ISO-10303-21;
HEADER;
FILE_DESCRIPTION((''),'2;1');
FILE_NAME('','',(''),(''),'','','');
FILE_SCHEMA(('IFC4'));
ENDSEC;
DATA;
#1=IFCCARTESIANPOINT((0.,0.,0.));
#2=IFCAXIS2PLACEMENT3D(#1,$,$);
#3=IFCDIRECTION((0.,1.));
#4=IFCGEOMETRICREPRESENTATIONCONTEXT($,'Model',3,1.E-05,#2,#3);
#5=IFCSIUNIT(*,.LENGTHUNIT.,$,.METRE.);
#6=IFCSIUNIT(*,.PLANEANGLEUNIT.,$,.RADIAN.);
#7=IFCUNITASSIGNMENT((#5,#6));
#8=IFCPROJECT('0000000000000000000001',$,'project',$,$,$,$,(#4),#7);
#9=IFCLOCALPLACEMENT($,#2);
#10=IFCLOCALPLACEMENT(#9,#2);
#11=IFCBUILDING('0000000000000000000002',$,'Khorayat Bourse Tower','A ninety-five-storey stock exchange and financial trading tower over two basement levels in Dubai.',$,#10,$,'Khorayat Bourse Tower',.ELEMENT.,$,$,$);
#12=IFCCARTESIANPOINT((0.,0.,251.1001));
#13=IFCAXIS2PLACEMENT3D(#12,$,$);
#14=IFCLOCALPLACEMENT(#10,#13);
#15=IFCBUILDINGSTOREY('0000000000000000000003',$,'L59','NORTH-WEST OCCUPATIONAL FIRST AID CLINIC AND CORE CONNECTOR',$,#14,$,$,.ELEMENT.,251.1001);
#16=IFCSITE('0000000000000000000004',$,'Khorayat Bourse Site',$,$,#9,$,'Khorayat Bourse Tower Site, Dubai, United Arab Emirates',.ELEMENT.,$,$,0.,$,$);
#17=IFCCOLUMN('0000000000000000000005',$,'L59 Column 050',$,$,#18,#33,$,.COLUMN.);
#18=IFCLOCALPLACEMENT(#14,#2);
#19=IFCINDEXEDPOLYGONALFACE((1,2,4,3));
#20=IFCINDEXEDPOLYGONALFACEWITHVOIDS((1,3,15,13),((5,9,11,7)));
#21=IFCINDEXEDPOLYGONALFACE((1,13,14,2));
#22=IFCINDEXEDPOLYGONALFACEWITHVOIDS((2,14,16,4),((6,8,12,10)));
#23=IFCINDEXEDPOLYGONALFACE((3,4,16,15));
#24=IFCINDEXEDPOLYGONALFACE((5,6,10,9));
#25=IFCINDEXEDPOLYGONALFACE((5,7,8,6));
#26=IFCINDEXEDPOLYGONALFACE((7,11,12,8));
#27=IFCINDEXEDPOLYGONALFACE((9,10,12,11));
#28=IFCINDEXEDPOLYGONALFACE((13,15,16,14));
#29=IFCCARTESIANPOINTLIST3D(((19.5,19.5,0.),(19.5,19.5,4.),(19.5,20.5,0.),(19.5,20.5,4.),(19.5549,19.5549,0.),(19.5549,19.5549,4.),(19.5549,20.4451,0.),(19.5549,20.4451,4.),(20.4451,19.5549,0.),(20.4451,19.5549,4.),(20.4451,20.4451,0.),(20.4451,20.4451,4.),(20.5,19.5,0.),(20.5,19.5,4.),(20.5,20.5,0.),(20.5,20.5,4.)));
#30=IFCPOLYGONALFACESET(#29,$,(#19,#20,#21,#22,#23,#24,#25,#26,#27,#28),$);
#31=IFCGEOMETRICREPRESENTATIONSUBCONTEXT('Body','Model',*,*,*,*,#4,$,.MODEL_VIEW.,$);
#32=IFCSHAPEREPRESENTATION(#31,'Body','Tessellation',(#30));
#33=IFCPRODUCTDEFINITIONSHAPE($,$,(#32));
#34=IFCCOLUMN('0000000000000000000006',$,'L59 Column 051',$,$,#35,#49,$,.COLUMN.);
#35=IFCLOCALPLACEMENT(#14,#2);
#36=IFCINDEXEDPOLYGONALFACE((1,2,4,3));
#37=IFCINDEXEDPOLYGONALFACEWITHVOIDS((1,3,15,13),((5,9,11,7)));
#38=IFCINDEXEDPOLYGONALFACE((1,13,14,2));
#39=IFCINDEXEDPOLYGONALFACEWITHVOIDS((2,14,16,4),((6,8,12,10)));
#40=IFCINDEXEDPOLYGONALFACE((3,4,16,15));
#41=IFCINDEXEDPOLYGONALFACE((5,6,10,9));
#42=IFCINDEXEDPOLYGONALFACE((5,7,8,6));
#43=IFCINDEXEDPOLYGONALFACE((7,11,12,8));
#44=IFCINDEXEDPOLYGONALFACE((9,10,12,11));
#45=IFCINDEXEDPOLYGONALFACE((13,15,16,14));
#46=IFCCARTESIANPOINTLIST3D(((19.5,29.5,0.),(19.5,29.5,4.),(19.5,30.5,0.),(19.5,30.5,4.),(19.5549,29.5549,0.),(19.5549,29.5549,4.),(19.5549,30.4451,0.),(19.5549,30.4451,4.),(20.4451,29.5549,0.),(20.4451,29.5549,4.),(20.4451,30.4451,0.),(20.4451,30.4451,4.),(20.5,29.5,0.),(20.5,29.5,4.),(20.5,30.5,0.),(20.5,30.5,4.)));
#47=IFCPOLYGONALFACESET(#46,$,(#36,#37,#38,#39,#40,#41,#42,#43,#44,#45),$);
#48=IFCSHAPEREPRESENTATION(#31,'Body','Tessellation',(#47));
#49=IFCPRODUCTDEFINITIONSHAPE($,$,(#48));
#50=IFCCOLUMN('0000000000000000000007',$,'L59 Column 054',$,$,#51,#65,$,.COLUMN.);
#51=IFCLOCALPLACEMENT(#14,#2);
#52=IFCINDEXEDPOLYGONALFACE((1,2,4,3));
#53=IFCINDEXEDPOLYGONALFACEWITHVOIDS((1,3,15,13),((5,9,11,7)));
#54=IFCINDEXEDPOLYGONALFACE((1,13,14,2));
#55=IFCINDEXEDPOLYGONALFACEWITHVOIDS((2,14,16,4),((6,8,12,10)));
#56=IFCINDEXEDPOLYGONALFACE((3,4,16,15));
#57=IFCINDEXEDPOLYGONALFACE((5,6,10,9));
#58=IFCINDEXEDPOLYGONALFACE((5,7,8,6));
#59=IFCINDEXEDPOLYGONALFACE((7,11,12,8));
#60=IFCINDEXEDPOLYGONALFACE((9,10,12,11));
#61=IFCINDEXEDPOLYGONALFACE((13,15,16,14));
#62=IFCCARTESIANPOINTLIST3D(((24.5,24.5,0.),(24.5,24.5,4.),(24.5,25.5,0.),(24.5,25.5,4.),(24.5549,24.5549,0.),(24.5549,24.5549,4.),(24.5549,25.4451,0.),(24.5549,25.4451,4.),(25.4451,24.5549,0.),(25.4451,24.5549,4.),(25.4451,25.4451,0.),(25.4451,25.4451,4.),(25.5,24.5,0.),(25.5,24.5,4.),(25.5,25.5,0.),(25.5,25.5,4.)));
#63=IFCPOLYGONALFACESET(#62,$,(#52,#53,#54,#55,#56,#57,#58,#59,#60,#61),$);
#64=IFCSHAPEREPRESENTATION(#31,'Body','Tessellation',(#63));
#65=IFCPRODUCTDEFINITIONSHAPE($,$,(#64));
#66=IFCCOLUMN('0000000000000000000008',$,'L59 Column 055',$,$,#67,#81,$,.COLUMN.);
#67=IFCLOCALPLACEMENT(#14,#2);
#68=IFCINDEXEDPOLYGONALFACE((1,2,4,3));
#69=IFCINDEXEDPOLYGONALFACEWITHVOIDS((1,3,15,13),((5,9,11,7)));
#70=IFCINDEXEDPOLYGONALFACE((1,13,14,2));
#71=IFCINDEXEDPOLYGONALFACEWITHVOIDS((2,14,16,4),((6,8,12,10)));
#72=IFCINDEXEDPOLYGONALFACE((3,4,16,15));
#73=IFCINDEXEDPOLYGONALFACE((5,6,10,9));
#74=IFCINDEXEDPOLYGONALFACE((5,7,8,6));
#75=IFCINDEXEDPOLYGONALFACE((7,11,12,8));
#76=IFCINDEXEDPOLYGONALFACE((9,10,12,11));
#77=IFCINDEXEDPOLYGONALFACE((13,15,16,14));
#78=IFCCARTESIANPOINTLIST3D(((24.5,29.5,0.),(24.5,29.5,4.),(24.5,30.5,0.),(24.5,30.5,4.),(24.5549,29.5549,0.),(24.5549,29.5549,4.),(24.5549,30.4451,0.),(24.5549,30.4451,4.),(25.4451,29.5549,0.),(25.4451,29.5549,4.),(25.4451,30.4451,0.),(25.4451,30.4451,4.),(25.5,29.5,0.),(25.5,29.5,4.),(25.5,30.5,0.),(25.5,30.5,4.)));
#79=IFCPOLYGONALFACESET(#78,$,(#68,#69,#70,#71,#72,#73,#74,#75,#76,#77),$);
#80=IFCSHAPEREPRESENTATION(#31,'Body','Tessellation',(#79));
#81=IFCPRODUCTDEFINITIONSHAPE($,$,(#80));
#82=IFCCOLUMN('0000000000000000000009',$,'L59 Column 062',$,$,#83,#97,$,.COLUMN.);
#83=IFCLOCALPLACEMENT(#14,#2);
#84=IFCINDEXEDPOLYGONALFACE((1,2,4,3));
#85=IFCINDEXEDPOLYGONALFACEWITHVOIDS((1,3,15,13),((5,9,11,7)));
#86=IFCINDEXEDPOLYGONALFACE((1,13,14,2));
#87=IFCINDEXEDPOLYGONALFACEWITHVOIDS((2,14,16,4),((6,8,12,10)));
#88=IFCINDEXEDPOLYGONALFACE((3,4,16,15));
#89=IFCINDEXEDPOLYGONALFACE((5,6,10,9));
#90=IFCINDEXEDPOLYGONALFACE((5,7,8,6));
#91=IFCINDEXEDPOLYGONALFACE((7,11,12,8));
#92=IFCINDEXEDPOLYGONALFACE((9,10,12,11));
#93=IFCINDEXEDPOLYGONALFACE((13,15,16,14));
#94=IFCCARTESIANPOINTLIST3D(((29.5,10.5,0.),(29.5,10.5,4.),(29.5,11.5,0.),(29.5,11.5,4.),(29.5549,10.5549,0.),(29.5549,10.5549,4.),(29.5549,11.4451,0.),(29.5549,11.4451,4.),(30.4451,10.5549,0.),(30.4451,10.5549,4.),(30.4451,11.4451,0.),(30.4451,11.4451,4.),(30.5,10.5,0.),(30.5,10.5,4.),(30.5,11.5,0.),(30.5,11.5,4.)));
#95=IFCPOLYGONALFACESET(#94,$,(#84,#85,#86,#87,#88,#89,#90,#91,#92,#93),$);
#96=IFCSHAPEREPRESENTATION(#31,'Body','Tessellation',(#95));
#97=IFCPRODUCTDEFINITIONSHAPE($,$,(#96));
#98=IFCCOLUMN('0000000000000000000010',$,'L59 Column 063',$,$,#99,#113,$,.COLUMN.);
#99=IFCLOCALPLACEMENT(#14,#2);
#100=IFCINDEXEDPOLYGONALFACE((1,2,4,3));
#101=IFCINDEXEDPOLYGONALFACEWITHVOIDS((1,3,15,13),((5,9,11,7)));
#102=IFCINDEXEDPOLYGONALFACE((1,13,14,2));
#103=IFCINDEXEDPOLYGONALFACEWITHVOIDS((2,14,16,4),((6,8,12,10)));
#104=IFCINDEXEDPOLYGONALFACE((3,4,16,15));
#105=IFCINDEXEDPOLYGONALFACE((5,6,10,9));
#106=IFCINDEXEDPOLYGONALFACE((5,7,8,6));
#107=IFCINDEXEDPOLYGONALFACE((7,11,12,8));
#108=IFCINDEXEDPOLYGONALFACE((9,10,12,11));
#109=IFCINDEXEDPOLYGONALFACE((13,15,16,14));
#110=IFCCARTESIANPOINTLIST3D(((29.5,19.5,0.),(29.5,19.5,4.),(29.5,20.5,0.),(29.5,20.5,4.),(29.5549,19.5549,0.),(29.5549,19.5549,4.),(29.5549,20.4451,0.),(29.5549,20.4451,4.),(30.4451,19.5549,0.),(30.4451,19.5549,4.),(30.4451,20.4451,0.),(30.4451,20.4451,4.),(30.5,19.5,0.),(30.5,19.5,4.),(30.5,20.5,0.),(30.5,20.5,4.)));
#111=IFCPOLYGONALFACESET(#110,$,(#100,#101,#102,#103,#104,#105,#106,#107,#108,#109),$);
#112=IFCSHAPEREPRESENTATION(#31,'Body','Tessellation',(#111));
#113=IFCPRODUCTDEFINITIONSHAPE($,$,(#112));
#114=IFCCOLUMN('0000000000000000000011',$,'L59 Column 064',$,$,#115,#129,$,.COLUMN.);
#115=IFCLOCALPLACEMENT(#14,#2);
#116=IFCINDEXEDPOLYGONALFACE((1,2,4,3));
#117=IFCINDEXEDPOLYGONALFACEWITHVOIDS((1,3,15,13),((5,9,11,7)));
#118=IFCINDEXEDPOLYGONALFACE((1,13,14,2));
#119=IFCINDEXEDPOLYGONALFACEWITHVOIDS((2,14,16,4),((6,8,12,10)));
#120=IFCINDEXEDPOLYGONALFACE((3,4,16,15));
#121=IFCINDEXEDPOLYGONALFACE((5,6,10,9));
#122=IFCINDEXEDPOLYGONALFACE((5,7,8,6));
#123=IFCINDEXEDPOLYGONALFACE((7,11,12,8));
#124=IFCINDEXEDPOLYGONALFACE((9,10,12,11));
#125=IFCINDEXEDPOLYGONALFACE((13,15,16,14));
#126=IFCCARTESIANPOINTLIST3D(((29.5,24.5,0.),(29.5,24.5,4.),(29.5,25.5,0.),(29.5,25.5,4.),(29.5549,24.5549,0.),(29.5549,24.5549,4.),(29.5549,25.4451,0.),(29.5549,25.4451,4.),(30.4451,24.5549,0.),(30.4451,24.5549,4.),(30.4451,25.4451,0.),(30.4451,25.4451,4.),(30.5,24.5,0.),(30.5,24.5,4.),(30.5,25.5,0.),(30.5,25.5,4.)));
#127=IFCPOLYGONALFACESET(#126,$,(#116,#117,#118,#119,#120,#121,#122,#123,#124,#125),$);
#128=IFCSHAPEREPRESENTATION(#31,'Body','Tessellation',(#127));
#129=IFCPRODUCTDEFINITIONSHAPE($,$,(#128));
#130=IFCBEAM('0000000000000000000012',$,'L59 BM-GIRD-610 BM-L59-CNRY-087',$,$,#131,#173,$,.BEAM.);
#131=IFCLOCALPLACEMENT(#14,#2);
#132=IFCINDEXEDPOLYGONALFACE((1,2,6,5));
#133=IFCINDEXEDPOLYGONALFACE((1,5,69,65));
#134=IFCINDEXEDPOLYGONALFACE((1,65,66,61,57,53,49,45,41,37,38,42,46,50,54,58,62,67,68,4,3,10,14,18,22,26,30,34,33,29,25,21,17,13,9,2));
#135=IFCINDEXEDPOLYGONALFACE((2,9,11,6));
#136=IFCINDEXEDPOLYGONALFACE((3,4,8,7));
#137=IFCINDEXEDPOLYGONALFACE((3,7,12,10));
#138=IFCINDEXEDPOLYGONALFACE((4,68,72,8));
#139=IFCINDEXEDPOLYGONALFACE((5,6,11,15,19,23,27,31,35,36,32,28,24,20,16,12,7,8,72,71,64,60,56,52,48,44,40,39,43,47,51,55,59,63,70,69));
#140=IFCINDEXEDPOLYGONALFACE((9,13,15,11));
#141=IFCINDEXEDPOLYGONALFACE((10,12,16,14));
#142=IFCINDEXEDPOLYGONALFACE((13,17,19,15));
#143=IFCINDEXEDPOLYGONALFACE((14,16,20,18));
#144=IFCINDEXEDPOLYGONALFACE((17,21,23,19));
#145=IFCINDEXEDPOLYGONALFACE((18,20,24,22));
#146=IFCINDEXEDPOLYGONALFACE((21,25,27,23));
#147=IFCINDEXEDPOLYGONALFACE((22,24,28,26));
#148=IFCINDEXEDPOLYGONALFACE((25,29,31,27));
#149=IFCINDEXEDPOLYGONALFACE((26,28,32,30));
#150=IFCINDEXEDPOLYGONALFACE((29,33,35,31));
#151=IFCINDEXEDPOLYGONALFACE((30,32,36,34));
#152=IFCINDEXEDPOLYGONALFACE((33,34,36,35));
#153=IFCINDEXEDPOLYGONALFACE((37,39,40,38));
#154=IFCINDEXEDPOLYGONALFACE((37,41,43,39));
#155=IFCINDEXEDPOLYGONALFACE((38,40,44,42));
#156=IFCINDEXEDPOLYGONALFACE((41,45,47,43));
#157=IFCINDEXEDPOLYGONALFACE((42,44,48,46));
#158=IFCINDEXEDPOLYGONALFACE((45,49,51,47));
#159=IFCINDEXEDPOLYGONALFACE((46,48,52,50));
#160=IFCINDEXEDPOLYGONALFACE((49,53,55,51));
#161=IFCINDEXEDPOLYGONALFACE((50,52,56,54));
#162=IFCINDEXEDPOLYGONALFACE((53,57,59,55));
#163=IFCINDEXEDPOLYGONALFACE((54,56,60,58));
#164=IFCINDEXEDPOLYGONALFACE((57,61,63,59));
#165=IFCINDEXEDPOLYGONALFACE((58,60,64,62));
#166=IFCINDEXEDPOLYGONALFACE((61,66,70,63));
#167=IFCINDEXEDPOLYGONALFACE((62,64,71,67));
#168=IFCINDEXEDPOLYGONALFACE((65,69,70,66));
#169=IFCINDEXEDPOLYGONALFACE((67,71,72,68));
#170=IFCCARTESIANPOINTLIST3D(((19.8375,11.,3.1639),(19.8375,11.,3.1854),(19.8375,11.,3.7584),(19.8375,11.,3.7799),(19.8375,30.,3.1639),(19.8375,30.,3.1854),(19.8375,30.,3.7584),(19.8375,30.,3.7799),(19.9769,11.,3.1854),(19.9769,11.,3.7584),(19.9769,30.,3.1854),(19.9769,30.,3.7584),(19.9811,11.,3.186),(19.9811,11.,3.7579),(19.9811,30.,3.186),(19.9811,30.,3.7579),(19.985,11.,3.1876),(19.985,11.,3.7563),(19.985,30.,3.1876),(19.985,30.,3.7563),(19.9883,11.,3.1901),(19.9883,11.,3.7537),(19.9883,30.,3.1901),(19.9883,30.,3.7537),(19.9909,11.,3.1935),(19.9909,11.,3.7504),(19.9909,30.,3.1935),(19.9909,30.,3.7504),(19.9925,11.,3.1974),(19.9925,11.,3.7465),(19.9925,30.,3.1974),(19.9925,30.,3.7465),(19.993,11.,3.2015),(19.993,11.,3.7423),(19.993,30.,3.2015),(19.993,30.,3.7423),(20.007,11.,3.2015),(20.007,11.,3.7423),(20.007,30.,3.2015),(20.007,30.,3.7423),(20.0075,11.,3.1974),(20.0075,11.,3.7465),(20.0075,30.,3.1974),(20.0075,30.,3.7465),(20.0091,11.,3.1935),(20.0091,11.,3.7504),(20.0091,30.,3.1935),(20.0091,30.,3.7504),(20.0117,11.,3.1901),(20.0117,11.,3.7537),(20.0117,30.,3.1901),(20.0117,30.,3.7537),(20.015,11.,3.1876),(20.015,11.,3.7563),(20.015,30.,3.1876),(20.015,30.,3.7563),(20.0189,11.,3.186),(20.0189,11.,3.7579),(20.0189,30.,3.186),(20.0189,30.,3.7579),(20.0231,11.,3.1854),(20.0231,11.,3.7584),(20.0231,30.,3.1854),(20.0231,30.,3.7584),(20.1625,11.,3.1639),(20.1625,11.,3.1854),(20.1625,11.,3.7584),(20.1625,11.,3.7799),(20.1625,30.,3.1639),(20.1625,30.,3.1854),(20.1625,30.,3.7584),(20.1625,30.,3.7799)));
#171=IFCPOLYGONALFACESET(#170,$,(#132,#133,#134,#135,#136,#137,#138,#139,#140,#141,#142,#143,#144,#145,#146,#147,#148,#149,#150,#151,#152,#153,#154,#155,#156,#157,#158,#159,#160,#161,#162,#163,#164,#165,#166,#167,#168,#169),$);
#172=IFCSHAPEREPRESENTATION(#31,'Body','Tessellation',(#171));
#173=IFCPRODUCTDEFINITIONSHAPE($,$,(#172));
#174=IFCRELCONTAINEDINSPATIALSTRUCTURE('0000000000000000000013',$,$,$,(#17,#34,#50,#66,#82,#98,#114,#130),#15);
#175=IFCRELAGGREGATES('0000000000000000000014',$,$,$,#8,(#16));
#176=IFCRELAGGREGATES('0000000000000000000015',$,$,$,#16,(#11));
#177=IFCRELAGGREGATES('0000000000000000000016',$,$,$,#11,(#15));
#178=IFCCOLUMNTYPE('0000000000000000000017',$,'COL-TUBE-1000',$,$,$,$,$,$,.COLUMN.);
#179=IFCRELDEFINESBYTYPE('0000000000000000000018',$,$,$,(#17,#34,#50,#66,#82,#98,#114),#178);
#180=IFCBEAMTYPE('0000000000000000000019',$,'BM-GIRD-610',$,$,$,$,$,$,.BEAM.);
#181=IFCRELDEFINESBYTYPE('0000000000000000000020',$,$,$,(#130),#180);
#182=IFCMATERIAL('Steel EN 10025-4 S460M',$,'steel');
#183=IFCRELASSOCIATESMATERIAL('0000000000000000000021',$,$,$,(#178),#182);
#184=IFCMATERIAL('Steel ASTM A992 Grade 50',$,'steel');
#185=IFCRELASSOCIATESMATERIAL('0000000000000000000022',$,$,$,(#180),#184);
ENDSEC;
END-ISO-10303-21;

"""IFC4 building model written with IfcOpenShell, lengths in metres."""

from ifc_helpers import new_model, si_unit, direction, frame, origin, origin_2d, place, context, subcontext, project, spatial, hollow_rectangle, i_section, extrude, source, transform, mapped, material, material_profile, profile_set, type_object, element, save


model = new_model("IFC4")

# Units and contexts
model_context = context("Model", 3, precision=1e-05, world=origin(), true_north=direction((0.0, 1.0)))
body_context = subcontext(model_context, "Body", "Model", "MODEL_VIEW")
ifc_project = project(units=[si_unit("LENGTHUNIT", "METRE"), si_unit("PLANEANGLEUNIT", "RADIAN")], contexts=[model_context])

# Site, building, storey
site_placement = place(None, origin())
site = spatial("IfcSite", under=ifc_project, at=site_placement, Name="Khorayat Bourse Site", LongName="Khorayat Bourse Tower Site, Dubai, United Arab Emirates", CompositionType="ELEMENT", RefElevation=0.0)
building_placement = place(site_placement, origin())
building = spatial("IfcBuilding", under=site, at=building_placement, Name="Khorayat Bourse Tower", Description="A ninety-five-storey stock exchange and financial trading tower over two basement levels in Dubai.", LongName="Khorayat Bourse Tower", CompositionType="ELEMENT")
storey_placement = place(building_placement, frame((0.0, 0.0, 251.1001)))
storey = spatial("IfcBuildingStorey", under=building, at=storey_placement, Name="L59", Description="NORTH-WEST OCCUPATIONAL FIRST AID CLINIC AND CORE CONNECTOR", CompositionType="ELEMENT", Elevation=251.1001)

# Columns
ifc_material_1 = material(Name="Steel EN 10025-4 S460M", Category="steel")
ifc_material_profile_1 = material_profile(ifc_material_1, hollow_rectangle(XDim=1.0, YDim=1.0, WallThickness=0.0549, at=origin_2d()), Name="BOX 1000x1000x55")
ifc_profile_set_1 = profile_set([ifc_material_profile_1], Name="Steel EN 10025-4 S460M")
column_type = type_object("IfcColumnType", Name="COL-TUBE-1000", PredefinedType="COLUMN", material=ifc_profile_set_1)
shared_shape_1 = source(origin(), body_context, "Body", "SweptSolid", [
    extrude(hollow_rectangle(XDim=1.0, YDim=1.0, WallThickness=0.0549, at=origin_2d()), origin(), (0.0, 0.0, 1.0), 4.0),
])
for number, where, z_axis, x_axis, name in (
    (1, (20.0, 20.0, 0.0), (0.0, 0.0, 1.0), (1.0, 0.0, 0.0), "L59 Column 050"),
    (2, (20.0, 30.0, 0.0), (0.0, 0.0, 1.0), (1.0, 0.0, 0.0), "L59 Column 051"),
    (3, (25.0, 25.0, 0.0), (0.0, 0.0, 1.0), (1.0, 0.0, 0.0), "L59 Column 054"),
    (4, (25.0, 30.0, 0.0), (0.0, 0.0, 1.0), (1.0, 0.0, 0.0), "L59 Column 055"),
    (5, (30.0, 11.0, 0.0), (0.0, 0.0, 1.0), (1.0, 0.0, 0.0), "L59 Column 062"),
    (6, (30.0, 20.0, 0.0), (0.0, 0.0, 1.0), (1.0, 0.0, 0.0), "L59 Column 063"),
    (7, (30.0, 25.0, 0.0), (0.0, 0.0, 1.0), (1.0, 0.0, 0.0), "L59 Column 064"),
):
    element("IfcColumn", number, at=place(storey_placement, frame(where, z_axis=z_axis, x_axis=x_axis)), inside=storey, type_object=column_type, Name=name, PredefinedType="COLUMN", context=body_context, shape_type="MappedRepresentation", body=[
        mapped(shared_shape_1, transform((0.0, 0.0, 0.0), scale=1.0)),
    ])

# Beam
ifc_material_2 = material(Name="Steel ASTM A992 Grade 50", Category="steel")
ifc_material_profile_2 = material_profile(ifc_material_2, i_section(OverallWidth=0.325, OverallDepth=0.616, WebThickness=0.0139, FlangeThickness=0.0215, FilletRadius=0.0161, at=origin_2d()), Name="W610X174")
ifc_profile_set_2 = profile_set([ifc_material_profile_2], Name="Steel ASTM A992 Grade 50")
beam_type_1 = type_object("IfcBeamType", Name="BM-GIRD-610", PredefinedType="BEAM", material=ifc_profile_set_2)
shared_shape_2 = source(origin(), body_context, "Body", "SweptSolid", [
    extrude(i_section(OverallWidth=0.325, OverallDepth=0.616, WebThickness=0.0139, FlangeThickness=0.0215, FilletRadius=0.0161, at=origin_2d()), origin(), (0.0, 0.0, 1.0), 19.0),
])
beam_1_placement = place(storey_placement, frame((20.0, 11.0, 3.4719), z_axis=(0.0, 1.0, 0.0), x_axis=(-1.0, 0.0, 0.0)))
element("IfcBeam", 8, at=beam_1_placement, inside=storey, type_object=beam_type_1, Name="L59 BM-GIRD-610 BM-L59-CNRY-087", PredefinedType="BEAM", context=body_context, shape_type="MappedRepresentation", body=[
    mapped(shared_shape_2, transform((0.0, 0.0, 0.0), scale=1.0)),
])

save(model, "model.ifc")
